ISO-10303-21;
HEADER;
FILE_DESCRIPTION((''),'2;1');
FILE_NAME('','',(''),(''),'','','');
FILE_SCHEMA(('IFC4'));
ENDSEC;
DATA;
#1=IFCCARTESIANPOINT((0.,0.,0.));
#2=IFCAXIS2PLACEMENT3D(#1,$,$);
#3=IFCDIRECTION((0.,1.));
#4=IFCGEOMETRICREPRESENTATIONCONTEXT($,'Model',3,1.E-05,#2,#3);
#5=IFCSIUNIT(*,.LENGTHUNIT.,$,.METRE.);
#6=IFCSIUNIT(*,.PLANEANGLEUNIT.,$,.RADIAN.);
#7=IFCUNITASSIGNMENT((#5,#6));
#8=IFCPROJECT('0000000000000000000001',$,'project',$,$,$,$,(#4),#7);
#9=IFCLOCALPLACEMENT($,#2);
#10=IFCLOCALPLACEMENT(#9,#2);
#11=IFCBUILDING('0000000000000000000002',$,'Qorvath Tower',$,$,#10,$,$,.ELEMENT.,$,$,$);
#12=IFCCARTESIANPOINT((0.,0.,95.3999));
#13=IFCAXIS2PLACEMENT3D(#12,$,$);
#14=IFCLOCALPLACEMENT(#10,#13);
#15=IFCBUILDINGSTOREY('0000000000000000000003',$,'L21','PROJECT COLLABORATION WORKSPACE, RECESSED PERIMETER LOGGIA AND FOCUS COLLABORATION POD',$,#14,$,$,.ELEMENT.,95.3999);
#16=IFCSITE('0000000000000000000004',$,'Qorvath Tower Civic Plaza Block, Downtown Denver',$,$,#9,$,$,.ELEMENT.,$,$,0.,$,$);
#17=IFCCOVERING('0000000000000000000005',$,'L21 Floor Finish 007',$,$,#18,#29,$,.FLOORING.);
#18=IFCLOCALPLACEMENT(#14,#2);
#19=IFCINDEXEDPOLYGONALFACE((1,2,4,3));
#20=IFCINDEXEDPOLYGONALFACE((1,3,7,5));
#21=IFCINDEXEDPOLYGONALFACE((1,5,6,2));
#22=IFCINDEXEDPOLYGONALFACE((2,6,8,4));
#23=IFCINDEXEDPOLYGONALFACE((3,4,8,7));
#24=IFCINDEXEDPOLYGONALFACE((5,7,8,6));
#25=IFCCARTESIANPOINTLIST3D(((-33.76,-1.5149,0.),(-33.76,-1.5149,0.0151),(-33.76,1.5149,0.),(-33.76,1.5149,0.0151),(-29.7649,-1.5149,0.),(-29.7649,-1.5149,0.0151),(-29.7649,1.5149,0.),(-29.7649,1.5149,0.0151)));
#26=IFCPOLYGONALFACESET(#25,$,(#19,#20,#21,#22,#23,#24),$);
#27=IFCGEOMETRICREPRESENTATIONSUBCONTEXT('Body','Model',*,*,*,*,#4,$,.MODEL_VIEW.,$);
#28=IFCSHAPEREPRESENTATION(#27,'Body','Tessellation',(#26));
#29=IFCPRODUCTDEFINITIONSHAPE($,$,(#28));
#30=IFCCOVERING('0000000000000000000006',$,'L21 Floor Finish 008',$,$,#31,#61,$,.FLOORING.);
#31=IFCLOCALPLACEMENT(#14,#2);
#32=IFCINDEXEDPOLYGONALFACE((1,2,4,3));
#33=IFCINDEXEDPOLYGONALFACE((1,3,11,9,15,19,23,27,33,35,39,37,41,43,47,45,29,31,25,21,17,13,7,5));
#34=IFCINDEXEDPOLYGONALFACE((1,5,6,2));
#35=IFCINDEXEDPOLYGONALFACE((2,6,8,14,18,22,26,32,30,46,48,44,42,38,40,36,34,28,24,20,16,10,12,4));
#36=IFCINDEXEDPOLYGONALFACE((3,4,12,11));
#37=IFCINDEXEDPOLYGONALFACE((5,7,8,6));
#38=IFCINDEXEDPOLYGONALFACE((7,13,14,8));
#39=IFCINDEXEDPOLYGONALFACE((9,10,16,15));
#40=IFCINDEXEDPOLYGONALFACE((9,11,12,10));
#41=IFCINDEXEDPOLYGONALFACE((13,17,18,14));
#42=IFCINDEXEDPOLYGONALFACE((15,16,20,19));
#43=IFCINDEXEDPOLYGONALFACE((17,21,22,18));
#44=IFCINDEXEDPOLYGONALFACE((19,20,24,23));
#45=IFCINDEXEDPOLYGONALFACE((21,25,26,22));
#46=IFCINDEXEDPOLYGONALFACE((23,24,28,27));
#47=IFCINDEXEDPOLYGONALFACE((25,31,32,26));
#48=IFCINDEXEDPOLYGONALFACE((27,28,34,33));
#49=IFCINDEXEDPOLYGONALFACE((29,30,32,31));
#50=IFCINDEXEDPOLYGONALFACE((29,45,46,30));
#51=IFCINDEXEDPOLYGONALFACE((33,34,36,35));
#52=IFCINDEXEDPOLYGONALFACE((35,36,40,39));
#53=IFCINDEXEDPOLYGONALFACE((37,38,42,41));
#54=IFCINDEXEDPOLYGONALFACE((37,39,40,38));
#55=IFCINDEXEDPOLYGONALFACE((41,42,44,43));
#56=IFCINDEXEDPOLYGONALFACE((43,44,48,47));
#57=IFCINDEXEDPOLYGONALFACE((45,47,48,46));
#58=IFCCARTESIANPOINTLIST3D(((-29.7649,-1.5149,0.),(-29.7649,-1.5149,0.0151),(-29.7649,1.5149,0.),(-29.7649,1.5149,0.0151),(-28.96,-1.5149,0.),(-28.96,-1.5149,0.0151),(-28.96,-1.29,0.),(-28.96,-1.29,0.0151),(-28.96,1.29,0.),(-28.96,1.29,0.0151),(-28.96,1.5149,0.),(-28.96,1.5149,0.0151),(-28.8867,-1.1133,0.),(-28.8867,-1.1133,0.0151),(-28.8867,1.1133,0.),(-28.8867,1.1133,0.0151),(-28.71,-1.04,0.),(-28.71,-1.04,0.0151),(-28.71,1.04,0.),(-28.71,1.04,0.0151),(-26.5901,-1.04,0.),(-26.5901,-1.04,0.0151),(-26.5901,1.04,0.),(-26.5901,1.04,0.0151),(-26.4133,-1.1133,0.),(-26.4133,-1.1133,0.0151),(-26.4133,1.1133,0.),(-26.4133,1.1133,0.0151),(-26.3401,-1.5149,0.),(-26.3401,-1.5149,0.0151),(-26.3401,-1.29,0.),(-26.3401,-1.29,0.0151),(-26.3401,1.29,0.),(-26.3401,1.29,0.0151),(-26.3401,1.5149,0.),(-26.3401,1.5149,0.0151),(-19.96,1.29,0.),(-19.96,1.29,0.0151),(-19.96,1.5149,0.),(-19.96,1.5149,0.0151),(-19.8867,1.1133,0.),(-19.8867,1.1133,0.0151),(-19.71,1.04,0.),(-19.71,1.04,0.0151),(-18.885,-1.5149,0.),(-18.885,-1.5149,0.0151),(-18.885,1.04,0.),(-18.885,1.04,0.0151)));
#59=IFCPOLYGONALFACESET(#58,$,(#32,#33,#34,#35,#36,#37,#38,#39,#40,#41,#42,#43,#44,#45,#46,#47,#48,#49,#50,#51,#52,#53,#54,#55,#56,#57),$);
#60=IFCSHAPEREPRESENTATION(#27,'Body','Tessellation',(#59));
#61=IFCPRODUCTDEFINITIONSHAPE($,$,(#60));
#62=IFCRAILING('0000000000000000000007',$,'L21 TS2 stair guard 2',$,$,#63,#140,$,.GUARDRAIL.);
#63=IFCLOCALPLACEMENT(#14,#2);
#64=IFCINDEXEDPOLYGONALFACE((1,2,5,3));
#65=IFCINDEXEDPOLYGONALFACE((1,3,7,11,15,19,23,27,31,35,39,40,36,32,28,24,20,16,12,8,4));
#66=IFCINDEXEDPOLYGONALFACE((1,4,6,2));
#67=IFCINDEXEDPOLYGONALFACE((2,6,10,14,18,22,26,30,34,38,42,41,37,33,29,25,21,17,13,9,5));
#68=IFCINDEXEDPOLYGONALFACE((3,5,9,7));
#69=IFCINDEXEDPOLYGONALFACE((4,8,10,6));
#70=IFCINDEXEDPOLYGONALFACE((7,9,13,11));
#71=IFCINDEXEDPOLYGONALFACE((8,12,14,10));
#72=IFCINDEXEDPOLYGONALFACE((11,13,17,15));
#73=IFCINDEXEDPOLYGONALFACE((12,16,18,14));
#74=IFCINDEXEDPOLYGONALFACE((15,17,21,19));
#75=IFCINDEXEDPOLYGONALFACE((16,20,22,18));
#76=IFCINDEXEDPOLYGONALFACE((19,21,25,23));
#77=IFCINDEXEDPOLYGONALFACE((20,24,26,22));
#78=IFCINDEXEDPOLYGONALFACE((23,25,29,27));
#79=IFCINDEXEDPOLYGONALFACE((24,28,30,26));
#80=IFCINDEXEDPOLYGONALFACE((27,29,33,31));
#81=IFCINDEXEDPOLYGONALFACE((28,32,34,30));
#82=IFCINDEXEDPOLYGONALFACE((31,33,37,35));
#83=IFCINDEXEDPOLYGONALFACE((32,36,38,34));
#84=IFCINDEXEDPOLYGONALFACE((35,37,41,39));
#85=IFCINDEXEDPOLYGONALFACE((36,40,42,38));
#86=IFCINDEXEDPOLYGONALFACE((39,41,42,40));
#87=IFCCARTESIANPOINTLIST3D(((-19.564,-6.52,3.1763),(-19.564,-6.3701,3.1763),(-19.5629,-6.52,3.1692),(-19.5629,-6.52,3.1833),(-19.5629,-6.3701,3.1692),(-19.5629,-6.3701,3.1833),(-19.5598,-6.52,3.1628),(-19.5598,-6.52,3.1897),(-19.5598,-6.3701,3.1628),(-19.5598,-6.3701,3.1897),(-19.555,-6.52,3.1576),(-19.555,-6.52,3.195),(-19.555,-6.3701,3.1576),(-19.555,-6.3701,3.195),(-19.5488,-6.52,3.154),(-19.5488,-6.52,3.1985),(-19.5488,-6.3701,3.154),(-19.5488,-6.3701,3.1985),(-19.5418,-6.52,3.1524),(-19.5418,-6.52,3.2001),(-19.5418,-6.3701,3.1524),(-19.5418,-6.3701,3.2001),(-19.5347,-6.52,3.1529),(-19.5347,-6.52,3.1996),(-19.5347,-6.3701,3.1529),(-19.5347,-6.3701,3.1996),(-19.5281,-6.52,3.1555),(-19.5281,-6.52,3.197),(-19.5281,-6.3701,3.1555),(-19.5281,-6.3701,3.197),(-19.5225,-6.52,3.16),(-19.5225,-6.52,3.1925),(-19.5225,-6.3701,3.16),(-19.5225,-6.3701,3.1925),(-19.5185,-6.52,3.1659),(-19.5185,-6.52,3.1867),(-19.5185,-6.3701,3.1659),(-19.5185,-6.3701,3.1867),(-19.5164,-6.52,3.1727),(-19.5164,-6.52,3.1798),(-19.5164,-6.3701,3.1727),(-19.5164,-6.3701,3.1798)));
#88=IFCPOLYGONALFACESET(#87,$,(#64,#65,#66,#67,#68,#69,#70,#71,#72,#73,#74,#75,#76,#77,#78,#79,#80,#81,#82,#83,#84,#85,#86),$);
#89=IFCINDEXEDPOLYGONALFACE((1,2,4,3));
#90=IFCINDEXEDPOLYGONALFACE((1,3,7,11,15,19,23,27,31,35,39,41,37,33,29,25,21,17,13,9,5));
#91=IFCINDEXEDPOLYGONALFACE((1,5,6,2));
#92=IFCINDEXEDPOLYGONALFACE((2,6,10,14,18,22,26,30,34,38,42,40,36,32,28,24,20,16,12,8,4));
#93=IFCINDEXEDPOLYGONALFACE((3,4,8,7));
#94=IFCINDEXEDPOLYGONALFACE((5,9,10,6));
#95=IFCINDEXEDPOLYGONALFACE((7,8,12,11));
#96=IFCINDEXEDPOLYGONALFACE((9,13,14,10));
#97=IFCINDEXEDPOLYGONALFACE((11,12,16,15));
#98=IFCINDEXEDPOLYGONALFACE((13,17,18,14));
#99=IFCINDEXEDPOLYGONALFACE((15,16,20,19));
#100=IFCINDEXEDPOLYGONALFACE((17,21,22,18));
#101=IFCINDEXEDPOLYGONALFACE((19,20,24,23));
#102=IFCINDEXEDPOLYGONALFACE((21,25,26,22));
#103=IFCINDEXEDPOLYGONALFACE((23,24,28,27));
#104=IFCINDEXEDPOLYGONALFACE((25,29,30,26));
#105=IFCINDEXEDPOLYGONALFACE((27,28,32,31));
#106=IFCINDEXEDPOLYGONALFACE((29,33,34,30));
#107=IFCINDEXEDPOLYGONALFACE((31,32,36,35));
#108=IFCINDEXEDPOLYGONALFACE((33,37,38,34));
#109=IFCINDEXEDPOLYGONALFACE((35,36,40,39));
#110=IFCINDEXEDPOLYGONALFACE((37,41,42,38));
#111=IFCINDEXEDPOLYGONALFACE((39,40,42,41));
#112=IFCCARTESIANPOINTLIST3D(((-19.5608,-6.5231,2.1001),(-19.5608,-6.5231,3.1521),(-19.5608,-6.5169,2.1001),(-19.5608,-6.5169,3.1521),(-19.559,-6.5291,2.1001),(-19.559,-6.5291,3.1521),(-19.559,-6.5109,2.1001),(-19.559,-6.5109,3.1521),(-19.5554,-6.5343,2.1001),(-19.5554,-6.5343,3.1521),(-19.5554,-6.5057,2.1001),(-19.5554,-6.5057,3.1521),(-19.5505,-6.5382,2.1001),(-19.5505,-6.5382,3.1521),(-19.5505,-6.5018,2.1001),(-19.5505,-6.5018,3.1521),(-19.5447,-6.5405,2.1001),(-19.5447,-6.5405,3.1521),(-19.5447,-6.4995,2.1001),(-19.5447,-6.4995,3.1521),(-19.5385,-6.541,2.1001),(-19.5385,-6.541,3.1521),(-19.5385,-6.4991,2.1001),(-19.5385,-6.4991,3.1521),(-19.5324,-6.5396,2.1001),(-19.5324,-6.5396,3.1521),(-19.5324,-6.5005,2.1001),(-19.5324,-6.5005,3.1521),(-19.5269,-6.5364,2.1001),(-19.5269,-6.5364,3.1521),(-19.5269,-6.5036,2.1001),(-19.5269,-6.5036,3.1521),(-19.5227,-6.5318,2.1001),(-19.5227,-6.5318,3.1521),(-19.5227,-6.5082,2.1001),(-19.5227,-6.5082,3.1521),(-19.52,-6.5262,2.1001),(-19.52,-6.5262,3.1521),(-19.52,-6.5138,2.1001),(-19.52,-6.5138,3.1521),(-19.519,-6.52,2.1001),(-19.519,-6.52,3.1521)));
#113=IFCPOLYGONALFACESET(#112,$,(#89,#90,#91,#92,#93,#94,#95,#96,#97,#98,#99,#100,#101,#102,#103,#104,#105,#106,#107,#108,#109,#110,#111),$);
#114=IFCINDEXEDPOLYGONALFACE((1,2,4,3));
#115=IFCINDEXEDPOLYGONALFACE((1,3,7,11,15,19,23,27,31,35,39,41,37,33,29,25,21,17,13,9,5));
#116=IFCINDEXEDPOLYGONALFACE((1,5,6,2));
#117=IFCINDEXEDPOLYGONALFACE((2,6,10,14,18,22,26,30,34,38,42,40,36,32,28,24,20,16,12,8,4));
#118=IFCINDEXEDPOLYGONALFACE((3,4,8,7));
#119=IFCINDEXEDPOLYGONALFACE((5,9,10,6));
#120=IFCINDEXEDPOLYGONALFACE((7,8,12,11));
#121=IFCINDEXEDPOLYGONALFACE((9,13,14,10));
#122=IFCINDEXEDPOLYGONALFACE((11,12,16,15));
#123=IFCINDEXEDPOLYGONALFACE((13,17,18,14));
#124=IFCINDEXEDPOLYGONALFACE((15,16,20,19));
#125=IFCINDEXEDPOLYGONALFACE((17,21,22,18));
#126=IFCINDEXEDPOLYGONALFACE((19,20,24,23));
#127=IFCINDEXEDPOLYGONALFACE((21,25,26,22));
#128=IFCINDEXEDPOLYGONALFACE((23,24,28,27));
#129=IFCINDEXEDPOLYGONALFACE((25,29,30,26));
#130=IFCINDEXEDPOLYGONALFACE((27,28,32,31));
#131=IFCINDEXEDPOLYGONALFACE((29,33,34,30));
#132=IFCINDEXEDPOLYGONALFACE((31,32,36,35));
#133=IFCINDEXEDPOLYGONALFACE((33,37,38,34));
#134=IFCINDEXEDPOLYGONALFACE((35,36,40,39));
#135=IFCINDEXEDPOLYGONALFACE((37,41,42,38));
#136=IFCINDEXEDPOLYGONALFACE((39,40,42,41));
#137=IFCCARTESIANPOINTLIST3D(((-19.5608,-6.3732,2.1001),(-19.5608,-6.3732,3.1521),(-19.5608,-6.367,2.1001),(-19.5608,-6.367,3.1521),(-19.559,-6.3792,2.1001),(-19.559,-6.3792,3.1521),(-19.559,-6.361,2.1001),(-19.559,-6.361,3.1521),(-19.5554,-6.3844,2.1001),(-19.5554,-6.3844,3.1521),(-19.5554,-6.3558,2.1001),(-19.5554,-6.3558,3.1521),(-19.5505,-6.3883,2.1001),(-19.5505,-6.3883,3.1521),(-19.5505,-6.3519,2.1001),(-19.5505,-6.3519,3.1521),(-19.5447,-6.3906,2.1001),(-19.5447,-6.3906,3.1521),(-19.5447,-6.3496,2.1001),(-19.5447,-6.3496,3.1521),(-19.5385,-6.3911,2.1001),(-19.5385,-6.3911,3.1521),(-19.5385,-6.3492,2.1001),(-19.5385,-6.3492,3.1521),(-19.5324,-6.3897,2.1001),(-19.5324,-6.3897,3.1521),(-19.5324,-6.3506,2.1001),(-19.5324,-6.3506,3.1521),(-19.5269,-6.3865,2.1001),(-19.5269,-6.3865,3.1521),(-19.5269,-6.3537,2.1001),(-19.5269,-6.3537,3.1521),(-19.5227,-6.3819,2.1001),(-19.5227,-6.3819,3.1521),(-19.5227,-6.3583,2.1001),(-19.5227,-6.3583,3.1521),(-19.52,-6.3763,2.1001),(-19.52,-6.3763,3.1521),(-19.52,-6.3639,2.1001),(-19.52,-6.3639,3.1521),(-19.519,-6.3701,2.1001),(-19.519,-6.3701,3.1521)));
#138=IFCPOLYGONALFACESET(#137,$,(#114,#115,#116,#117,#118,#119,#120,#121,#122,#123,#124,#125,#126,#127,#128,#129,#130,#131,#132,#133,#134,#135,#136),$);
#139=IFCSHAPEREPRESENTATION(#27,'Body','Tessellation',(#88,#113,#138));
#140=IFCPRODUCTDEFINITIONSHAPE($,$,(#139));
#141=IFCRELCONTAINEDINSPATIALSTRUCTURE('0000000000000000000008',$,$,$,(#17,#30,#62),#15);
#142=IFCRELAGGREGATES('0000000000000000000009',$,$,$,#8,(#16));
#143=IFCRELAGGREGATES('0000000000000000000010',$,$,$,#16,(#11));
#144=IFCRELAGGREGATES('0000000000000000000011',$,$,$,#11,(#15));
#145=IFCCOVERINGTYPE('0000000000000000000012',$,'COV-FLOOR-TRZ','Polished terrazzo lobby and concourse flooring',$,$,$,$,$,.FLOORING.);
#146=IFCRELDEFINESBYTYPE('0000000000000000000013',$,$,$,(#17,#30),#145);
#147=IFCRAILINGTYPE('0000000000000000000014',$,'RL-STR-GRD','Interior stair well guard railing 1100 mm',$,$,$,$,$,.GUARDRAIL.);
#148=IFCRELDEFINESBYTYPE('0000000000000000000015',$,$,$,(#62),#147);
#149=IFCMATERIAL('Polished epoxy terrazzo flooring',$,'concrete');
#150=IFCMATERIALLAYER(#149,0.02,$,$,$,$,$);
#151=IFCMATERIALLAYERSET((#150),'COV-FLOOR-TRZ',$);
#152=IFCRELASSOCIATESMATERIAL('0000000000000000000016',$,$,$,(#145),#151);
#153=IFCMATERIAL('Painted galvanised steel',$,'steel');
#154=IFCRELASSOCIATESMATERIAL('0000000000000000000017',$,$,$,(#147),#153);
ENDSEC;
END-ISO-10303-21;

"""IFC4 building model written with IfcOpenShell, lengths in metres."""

from ifc_helpers import new_model, si_unit, direction, frame, origin, origin_2d, place, context, subcontext, project, spatial, polyline, circle, outline, extrude, material, layer, layer_set, type_object, element, save


model = new_model("IFC4")

# Units and contexts
model_context = context("Model", 3, precision=1e-05, world=origin(), true_north=direction((0.0, 1.0)))
body_context = subcontext(model_context, "Body", "Model", "MODEL_VIEW")
ifc_project = project(units=[si_unit("LENGTHUNIT", "METRE"), si_unit("PLANEANGLEUNIT", "RADIAN")], contexts=[model_context])

# Site, building, storey
site_placement = place(None, origin())
site = spatial("IfcSite", under=ifc_project, at=site_placement, Name="Qorvath Tower Civic Plaza Block, Downtown Denver", CompositionType="ELEMENT", RefElevation=0.0)
building_placement = place(site_placement, origin())
building = spatial("IfcBuilding", under=site, at=building_placement, Name="Qorvath Tower", CompositionType="ELEMENT")
storey_placement = place(building_placement, frame((0.0, 0.0, 95.3999)))
storey = spatial("IfcBuildingStorey", under=building, at=storey_placement, Name="L21", Description="PROJECT COLLABORATION WORKSPACE, RECESSED PERIMETER LOGGIA AND FOCUS COLLABORATION POD", CompositionType="ELEMENT", Elevation=95.3999)

# Coverings
ifc_material_1 = material(Name="Polished epoxy terrazzo flooring", Category="concrete")
ifc_layer_1 = layer(ifc_material_1, 0.02)
ifc_layer_set_1 = layer_set([ifc_layer_1], Name="COV-FLOOR-TRZ")
covering_type_1 = type_object("IfcCoveringType", Name="COV-FLOOR-TRZ", Description="Polished terrazzo lobby and concourse flooring", PredefinedType="FLOORING", material=ifc_layer_set_1)
covering_1_placement = place(storey_placement, origin())
element("IfcCovering", 1, at=covering_1_placement, inside=storey, type_object=covering_type_1, Name="L21 Floor Finish 007", PredefinedType="FLOORING", context=body_context, shape_type="SweptSolid", body=[
    extrude(outline(polyline([(-29.7649, -1.5149), (-29.7649, 1.5149), (-33.76, 1.5149), (-33.76, -1.5149), (-29.7649, -1.5149)])), origin(), (0.0, 0.0, 1.0), 0.0151),
])
covering_2_placement = place(storey_placement, origin())
element("IfcCovering", 2, at=covering_2_placement, inside=storey, type_object=covering_type_1, Name="L21 Floor Finish 008", PredefinedType="FLOORING", context=body_context, shape_type="SweptSolid", body=[
    extrude(outline(polyline([(-18.885, -1.5149), (-18.885, 1.04), (-19.71, 1.04), (-19.8867, 1.1133), (-19.96, 1.29), (-19.96, 1.5149), (-26.3401, 1.5149), (-26.3401, 1.29), (-26.4133, 1.1133), (-26.5901, 1.04), (-28.71, 1.04), (-28.8867, 1.1133), (-28.96, 1.29), (-28.96, 1.5149), (-29.7649, 1.5149), (-29.7649, -1.5149), (-28.96, -1.5149), (-28.96, -1.29), (-28.8867, -1.1133), (-28.71, -1.04), (-26.5901, -1.04), (-26.4133, -1.1133), (-26.3401, -1.29), (-26.3401, -1.5149), (-18.885, -1.5149)])), origin(), (0.0, 0.0, 1.0), 0.0151),
])

# Railing
ifc_material_2 = material(Name="Painted galvanised steel", Category="steel")
railing_type_1 = type_object("IfcRailingType", Name="RL-STR-GRD", Description="Interior stair well guard railing 1100 mm", PredefinedType="GUARDRAIL", material=ifc_material_2)
railing_1_placement = place(storey_placement, frame((-19.54, -6.52, 2.1001)))
element("IfcRailing", 3, at=railing_1_placement, inside=storey, type_object=railing_type_1, Name="L21 TS2 stair guard 2", PredefinedType="GUARDRAIL", context=body_context, shape_type="SweptSolid", body=[
    extrude(circle(Radius=0.0239, at=origin_2d()), frame((0.0, 0.0, 1.0762), z_axis=(0.0, 1.0, 0.0), x_axis=(-1.0, 0.0, 0.0)), (0.0, 0.0, 1.0), 0.1499),
    extrude(circle(Radius=0.021, at=origin_2d()), origin(), (0.0, 0.0, 1.0), 1.052),
    extrude(circle(Radius=0.021, at=origin_2d()), frame((0.0, 0.1499, 0.0)), (0.0, 0.0, 1.0), 1.052),
])

save(model, "model.ifc")
